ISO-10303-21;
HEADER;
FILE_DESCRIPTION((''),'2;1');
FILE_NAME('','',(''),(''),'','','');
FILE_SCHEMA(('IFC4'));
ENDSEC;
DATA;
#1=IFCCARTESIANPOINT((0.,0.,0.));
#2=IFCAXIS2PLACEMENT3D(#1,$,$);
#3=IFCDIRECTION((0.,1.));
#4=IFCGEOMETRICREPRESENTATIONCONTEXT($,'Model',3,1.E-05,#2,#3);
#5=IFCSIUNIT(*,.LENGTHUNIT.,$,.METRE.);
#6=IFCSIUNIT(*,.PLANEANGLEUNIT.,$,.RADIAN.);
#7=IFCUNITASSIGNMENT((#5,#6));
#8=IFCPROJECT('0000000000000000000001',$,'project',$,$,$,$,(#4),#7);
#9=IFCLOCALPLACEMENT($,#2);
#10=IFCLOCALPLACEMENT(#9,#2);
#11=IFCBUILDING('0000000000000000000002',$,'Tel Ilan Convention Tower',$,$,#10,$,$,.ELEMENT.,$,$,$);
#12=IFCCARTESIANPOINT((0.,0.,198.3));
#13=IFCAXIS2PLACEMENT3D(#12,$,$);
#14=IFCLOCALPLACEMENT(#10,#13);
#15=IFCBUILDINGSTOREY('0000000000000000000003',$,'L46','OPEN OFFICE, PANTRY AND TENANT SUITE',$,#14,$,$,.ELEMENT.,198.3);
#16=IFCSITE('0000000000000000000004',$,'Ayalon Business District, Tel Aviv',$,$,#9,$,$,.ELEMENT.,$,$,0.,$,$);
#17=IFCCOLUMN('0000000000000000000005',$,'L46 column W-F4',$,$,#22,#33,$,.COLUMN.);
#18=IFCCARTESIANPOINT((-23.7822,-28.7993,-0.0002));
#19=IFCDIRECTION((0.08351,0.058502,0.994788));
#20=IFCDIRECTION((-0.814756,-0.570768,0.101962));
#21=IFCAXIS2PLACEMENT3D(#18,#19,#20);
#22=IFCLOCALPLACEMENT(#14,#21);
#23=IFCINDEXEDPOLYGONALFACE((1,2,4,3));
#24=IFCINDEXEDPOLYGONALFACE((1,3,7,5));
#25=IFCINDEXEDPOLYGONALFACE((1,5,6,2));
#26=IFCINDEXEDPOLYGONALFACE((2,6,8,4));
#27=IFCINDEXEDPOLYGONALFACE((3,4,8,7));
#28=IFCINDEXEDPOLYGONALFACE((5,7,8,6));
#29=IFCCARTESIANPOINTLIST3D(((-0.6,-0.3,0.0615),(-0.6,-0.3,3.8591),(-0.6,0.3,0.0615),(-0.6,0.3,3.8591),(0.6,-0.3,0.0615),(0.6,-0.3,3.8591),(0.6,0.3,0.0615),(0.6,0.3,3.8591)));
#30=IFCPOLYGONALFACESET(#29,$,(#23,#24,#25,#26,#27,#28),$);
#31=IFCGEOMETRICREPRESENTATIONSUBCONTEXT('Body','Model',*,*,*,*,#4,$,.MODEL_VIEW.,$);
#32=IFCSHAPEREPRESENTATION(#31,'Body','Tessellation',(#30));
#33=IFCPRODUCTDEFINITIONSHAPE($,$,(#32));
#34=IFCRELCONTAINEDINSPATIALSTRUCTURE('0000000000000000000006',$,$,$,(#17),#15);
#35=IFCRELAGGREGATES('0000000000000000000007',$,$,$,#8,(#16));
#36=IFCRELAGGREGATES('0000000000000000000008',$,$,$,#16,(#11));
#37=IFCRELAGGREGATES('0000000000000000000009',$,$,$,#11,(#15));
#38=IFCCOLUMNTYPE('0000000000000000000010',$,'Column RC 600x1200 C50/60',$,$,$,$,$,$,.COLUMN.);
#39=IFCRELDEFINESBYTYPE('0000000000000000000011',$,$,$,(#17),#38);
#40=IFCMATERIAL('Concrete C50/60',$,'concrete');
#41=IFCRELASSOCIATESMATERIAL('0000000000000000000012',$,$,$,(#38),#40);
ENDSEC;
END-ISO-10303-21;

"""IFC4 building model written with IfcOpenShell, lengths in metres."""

from ifc_helpers import new_model, si_unit, direction, frame, origin, origin_2d, place, context, subcontext, project, spatial, rectangle, extrude, clip, halfspace, material, material_profile, profile_set, type_object, element, save


model = new_model("IFC4")

# Units and contexts
model_context = context("Model", 3, precision=1e-05, world=origin(), true_north=direction((0.0, 1.0)))
body_context = subcontext(model_context, "Body", "Model", "MODEL_VIEW")
ifc_project = project(units=[si_unit("LENGTHUNIT", "METRE"), si_unit("PLANEANGLEUNIT", "RADIAN")], contexts=[model_context])

# Site, building, storey
site_placement = place(None, origin())
site = spatial("IfcSite", under=ifc_project, at=site_placement, Name="Ayalon Business District, Tel Aviv", CompositionType="ELEMENT", RefElevation=0.0)
building_placement = place(site_placement, origin())
building = spatial("IfcBuilding", under=site, at=building_placement, Name="Tel Ilan Convention Tower", CompositionType="ELEMENT")
storey_placement = place(building_placement, frame((0.0, 0.0, 198.3)))
storey = spatial("IfcBuildingStorey", under=building, at=storey_placement, Name="L46", Description="OPEN OFFICE, PANTRY AND TENANT SUITE", CompositionType="ELEMENT", Elevation=198.3)

# Column
ifc_material_1 = material(Name="Concrete C50/60", Category="concrete")
ifc_material_profile_1 = material_profile(ifc_material_1, rectangle(XDim=1.2, YDim=0.6001, at=origin_2d()), Name="RC 600x1200")
ifc_profile_set_1 = profile_set([ifc_material_profile_1], Name="Concrete C50/60")
column_type = type_object("IfcColumnType", Name="Column RC 600x1200 C50/60", PredefinedType="COLUMN", material=ifc_profile_set_1)
column_1_placement = place(storey_placement, frame((-23.7822, -28.7993, -0.0002), z_axis=(0.08351, 0.058502, 0.994788), x_axis=(-0.814756, -0.570768, 0.101962)))
element("IfcColumn", 1, at=column_1_placement, inside=storey, type_object=column_type, Name="L46 column W-F4", PredefinedType="COLUMN", context=body_context, shape_type="Clipping", body=[
    clip(clip(extrude(rectangle(XDim=1.2, YDim=0.6001, at=origin_2d()), origin(), (0.0, 0.0, 1.0), 3.9207), halfspace(frame((0.0, 0.0, 0.0615), z_axis=(0.0, 0.0, 1.0), x_axis=(1.0, 0.0, 0.0)), True)), halfspace(frame((0.0, 0.0, 3.8591), z_axis=(0.0, 0.0, 1.0), x_axis=(1.0, 0.0, 0.0)), False)),
])

save(model, "model.ifc")
